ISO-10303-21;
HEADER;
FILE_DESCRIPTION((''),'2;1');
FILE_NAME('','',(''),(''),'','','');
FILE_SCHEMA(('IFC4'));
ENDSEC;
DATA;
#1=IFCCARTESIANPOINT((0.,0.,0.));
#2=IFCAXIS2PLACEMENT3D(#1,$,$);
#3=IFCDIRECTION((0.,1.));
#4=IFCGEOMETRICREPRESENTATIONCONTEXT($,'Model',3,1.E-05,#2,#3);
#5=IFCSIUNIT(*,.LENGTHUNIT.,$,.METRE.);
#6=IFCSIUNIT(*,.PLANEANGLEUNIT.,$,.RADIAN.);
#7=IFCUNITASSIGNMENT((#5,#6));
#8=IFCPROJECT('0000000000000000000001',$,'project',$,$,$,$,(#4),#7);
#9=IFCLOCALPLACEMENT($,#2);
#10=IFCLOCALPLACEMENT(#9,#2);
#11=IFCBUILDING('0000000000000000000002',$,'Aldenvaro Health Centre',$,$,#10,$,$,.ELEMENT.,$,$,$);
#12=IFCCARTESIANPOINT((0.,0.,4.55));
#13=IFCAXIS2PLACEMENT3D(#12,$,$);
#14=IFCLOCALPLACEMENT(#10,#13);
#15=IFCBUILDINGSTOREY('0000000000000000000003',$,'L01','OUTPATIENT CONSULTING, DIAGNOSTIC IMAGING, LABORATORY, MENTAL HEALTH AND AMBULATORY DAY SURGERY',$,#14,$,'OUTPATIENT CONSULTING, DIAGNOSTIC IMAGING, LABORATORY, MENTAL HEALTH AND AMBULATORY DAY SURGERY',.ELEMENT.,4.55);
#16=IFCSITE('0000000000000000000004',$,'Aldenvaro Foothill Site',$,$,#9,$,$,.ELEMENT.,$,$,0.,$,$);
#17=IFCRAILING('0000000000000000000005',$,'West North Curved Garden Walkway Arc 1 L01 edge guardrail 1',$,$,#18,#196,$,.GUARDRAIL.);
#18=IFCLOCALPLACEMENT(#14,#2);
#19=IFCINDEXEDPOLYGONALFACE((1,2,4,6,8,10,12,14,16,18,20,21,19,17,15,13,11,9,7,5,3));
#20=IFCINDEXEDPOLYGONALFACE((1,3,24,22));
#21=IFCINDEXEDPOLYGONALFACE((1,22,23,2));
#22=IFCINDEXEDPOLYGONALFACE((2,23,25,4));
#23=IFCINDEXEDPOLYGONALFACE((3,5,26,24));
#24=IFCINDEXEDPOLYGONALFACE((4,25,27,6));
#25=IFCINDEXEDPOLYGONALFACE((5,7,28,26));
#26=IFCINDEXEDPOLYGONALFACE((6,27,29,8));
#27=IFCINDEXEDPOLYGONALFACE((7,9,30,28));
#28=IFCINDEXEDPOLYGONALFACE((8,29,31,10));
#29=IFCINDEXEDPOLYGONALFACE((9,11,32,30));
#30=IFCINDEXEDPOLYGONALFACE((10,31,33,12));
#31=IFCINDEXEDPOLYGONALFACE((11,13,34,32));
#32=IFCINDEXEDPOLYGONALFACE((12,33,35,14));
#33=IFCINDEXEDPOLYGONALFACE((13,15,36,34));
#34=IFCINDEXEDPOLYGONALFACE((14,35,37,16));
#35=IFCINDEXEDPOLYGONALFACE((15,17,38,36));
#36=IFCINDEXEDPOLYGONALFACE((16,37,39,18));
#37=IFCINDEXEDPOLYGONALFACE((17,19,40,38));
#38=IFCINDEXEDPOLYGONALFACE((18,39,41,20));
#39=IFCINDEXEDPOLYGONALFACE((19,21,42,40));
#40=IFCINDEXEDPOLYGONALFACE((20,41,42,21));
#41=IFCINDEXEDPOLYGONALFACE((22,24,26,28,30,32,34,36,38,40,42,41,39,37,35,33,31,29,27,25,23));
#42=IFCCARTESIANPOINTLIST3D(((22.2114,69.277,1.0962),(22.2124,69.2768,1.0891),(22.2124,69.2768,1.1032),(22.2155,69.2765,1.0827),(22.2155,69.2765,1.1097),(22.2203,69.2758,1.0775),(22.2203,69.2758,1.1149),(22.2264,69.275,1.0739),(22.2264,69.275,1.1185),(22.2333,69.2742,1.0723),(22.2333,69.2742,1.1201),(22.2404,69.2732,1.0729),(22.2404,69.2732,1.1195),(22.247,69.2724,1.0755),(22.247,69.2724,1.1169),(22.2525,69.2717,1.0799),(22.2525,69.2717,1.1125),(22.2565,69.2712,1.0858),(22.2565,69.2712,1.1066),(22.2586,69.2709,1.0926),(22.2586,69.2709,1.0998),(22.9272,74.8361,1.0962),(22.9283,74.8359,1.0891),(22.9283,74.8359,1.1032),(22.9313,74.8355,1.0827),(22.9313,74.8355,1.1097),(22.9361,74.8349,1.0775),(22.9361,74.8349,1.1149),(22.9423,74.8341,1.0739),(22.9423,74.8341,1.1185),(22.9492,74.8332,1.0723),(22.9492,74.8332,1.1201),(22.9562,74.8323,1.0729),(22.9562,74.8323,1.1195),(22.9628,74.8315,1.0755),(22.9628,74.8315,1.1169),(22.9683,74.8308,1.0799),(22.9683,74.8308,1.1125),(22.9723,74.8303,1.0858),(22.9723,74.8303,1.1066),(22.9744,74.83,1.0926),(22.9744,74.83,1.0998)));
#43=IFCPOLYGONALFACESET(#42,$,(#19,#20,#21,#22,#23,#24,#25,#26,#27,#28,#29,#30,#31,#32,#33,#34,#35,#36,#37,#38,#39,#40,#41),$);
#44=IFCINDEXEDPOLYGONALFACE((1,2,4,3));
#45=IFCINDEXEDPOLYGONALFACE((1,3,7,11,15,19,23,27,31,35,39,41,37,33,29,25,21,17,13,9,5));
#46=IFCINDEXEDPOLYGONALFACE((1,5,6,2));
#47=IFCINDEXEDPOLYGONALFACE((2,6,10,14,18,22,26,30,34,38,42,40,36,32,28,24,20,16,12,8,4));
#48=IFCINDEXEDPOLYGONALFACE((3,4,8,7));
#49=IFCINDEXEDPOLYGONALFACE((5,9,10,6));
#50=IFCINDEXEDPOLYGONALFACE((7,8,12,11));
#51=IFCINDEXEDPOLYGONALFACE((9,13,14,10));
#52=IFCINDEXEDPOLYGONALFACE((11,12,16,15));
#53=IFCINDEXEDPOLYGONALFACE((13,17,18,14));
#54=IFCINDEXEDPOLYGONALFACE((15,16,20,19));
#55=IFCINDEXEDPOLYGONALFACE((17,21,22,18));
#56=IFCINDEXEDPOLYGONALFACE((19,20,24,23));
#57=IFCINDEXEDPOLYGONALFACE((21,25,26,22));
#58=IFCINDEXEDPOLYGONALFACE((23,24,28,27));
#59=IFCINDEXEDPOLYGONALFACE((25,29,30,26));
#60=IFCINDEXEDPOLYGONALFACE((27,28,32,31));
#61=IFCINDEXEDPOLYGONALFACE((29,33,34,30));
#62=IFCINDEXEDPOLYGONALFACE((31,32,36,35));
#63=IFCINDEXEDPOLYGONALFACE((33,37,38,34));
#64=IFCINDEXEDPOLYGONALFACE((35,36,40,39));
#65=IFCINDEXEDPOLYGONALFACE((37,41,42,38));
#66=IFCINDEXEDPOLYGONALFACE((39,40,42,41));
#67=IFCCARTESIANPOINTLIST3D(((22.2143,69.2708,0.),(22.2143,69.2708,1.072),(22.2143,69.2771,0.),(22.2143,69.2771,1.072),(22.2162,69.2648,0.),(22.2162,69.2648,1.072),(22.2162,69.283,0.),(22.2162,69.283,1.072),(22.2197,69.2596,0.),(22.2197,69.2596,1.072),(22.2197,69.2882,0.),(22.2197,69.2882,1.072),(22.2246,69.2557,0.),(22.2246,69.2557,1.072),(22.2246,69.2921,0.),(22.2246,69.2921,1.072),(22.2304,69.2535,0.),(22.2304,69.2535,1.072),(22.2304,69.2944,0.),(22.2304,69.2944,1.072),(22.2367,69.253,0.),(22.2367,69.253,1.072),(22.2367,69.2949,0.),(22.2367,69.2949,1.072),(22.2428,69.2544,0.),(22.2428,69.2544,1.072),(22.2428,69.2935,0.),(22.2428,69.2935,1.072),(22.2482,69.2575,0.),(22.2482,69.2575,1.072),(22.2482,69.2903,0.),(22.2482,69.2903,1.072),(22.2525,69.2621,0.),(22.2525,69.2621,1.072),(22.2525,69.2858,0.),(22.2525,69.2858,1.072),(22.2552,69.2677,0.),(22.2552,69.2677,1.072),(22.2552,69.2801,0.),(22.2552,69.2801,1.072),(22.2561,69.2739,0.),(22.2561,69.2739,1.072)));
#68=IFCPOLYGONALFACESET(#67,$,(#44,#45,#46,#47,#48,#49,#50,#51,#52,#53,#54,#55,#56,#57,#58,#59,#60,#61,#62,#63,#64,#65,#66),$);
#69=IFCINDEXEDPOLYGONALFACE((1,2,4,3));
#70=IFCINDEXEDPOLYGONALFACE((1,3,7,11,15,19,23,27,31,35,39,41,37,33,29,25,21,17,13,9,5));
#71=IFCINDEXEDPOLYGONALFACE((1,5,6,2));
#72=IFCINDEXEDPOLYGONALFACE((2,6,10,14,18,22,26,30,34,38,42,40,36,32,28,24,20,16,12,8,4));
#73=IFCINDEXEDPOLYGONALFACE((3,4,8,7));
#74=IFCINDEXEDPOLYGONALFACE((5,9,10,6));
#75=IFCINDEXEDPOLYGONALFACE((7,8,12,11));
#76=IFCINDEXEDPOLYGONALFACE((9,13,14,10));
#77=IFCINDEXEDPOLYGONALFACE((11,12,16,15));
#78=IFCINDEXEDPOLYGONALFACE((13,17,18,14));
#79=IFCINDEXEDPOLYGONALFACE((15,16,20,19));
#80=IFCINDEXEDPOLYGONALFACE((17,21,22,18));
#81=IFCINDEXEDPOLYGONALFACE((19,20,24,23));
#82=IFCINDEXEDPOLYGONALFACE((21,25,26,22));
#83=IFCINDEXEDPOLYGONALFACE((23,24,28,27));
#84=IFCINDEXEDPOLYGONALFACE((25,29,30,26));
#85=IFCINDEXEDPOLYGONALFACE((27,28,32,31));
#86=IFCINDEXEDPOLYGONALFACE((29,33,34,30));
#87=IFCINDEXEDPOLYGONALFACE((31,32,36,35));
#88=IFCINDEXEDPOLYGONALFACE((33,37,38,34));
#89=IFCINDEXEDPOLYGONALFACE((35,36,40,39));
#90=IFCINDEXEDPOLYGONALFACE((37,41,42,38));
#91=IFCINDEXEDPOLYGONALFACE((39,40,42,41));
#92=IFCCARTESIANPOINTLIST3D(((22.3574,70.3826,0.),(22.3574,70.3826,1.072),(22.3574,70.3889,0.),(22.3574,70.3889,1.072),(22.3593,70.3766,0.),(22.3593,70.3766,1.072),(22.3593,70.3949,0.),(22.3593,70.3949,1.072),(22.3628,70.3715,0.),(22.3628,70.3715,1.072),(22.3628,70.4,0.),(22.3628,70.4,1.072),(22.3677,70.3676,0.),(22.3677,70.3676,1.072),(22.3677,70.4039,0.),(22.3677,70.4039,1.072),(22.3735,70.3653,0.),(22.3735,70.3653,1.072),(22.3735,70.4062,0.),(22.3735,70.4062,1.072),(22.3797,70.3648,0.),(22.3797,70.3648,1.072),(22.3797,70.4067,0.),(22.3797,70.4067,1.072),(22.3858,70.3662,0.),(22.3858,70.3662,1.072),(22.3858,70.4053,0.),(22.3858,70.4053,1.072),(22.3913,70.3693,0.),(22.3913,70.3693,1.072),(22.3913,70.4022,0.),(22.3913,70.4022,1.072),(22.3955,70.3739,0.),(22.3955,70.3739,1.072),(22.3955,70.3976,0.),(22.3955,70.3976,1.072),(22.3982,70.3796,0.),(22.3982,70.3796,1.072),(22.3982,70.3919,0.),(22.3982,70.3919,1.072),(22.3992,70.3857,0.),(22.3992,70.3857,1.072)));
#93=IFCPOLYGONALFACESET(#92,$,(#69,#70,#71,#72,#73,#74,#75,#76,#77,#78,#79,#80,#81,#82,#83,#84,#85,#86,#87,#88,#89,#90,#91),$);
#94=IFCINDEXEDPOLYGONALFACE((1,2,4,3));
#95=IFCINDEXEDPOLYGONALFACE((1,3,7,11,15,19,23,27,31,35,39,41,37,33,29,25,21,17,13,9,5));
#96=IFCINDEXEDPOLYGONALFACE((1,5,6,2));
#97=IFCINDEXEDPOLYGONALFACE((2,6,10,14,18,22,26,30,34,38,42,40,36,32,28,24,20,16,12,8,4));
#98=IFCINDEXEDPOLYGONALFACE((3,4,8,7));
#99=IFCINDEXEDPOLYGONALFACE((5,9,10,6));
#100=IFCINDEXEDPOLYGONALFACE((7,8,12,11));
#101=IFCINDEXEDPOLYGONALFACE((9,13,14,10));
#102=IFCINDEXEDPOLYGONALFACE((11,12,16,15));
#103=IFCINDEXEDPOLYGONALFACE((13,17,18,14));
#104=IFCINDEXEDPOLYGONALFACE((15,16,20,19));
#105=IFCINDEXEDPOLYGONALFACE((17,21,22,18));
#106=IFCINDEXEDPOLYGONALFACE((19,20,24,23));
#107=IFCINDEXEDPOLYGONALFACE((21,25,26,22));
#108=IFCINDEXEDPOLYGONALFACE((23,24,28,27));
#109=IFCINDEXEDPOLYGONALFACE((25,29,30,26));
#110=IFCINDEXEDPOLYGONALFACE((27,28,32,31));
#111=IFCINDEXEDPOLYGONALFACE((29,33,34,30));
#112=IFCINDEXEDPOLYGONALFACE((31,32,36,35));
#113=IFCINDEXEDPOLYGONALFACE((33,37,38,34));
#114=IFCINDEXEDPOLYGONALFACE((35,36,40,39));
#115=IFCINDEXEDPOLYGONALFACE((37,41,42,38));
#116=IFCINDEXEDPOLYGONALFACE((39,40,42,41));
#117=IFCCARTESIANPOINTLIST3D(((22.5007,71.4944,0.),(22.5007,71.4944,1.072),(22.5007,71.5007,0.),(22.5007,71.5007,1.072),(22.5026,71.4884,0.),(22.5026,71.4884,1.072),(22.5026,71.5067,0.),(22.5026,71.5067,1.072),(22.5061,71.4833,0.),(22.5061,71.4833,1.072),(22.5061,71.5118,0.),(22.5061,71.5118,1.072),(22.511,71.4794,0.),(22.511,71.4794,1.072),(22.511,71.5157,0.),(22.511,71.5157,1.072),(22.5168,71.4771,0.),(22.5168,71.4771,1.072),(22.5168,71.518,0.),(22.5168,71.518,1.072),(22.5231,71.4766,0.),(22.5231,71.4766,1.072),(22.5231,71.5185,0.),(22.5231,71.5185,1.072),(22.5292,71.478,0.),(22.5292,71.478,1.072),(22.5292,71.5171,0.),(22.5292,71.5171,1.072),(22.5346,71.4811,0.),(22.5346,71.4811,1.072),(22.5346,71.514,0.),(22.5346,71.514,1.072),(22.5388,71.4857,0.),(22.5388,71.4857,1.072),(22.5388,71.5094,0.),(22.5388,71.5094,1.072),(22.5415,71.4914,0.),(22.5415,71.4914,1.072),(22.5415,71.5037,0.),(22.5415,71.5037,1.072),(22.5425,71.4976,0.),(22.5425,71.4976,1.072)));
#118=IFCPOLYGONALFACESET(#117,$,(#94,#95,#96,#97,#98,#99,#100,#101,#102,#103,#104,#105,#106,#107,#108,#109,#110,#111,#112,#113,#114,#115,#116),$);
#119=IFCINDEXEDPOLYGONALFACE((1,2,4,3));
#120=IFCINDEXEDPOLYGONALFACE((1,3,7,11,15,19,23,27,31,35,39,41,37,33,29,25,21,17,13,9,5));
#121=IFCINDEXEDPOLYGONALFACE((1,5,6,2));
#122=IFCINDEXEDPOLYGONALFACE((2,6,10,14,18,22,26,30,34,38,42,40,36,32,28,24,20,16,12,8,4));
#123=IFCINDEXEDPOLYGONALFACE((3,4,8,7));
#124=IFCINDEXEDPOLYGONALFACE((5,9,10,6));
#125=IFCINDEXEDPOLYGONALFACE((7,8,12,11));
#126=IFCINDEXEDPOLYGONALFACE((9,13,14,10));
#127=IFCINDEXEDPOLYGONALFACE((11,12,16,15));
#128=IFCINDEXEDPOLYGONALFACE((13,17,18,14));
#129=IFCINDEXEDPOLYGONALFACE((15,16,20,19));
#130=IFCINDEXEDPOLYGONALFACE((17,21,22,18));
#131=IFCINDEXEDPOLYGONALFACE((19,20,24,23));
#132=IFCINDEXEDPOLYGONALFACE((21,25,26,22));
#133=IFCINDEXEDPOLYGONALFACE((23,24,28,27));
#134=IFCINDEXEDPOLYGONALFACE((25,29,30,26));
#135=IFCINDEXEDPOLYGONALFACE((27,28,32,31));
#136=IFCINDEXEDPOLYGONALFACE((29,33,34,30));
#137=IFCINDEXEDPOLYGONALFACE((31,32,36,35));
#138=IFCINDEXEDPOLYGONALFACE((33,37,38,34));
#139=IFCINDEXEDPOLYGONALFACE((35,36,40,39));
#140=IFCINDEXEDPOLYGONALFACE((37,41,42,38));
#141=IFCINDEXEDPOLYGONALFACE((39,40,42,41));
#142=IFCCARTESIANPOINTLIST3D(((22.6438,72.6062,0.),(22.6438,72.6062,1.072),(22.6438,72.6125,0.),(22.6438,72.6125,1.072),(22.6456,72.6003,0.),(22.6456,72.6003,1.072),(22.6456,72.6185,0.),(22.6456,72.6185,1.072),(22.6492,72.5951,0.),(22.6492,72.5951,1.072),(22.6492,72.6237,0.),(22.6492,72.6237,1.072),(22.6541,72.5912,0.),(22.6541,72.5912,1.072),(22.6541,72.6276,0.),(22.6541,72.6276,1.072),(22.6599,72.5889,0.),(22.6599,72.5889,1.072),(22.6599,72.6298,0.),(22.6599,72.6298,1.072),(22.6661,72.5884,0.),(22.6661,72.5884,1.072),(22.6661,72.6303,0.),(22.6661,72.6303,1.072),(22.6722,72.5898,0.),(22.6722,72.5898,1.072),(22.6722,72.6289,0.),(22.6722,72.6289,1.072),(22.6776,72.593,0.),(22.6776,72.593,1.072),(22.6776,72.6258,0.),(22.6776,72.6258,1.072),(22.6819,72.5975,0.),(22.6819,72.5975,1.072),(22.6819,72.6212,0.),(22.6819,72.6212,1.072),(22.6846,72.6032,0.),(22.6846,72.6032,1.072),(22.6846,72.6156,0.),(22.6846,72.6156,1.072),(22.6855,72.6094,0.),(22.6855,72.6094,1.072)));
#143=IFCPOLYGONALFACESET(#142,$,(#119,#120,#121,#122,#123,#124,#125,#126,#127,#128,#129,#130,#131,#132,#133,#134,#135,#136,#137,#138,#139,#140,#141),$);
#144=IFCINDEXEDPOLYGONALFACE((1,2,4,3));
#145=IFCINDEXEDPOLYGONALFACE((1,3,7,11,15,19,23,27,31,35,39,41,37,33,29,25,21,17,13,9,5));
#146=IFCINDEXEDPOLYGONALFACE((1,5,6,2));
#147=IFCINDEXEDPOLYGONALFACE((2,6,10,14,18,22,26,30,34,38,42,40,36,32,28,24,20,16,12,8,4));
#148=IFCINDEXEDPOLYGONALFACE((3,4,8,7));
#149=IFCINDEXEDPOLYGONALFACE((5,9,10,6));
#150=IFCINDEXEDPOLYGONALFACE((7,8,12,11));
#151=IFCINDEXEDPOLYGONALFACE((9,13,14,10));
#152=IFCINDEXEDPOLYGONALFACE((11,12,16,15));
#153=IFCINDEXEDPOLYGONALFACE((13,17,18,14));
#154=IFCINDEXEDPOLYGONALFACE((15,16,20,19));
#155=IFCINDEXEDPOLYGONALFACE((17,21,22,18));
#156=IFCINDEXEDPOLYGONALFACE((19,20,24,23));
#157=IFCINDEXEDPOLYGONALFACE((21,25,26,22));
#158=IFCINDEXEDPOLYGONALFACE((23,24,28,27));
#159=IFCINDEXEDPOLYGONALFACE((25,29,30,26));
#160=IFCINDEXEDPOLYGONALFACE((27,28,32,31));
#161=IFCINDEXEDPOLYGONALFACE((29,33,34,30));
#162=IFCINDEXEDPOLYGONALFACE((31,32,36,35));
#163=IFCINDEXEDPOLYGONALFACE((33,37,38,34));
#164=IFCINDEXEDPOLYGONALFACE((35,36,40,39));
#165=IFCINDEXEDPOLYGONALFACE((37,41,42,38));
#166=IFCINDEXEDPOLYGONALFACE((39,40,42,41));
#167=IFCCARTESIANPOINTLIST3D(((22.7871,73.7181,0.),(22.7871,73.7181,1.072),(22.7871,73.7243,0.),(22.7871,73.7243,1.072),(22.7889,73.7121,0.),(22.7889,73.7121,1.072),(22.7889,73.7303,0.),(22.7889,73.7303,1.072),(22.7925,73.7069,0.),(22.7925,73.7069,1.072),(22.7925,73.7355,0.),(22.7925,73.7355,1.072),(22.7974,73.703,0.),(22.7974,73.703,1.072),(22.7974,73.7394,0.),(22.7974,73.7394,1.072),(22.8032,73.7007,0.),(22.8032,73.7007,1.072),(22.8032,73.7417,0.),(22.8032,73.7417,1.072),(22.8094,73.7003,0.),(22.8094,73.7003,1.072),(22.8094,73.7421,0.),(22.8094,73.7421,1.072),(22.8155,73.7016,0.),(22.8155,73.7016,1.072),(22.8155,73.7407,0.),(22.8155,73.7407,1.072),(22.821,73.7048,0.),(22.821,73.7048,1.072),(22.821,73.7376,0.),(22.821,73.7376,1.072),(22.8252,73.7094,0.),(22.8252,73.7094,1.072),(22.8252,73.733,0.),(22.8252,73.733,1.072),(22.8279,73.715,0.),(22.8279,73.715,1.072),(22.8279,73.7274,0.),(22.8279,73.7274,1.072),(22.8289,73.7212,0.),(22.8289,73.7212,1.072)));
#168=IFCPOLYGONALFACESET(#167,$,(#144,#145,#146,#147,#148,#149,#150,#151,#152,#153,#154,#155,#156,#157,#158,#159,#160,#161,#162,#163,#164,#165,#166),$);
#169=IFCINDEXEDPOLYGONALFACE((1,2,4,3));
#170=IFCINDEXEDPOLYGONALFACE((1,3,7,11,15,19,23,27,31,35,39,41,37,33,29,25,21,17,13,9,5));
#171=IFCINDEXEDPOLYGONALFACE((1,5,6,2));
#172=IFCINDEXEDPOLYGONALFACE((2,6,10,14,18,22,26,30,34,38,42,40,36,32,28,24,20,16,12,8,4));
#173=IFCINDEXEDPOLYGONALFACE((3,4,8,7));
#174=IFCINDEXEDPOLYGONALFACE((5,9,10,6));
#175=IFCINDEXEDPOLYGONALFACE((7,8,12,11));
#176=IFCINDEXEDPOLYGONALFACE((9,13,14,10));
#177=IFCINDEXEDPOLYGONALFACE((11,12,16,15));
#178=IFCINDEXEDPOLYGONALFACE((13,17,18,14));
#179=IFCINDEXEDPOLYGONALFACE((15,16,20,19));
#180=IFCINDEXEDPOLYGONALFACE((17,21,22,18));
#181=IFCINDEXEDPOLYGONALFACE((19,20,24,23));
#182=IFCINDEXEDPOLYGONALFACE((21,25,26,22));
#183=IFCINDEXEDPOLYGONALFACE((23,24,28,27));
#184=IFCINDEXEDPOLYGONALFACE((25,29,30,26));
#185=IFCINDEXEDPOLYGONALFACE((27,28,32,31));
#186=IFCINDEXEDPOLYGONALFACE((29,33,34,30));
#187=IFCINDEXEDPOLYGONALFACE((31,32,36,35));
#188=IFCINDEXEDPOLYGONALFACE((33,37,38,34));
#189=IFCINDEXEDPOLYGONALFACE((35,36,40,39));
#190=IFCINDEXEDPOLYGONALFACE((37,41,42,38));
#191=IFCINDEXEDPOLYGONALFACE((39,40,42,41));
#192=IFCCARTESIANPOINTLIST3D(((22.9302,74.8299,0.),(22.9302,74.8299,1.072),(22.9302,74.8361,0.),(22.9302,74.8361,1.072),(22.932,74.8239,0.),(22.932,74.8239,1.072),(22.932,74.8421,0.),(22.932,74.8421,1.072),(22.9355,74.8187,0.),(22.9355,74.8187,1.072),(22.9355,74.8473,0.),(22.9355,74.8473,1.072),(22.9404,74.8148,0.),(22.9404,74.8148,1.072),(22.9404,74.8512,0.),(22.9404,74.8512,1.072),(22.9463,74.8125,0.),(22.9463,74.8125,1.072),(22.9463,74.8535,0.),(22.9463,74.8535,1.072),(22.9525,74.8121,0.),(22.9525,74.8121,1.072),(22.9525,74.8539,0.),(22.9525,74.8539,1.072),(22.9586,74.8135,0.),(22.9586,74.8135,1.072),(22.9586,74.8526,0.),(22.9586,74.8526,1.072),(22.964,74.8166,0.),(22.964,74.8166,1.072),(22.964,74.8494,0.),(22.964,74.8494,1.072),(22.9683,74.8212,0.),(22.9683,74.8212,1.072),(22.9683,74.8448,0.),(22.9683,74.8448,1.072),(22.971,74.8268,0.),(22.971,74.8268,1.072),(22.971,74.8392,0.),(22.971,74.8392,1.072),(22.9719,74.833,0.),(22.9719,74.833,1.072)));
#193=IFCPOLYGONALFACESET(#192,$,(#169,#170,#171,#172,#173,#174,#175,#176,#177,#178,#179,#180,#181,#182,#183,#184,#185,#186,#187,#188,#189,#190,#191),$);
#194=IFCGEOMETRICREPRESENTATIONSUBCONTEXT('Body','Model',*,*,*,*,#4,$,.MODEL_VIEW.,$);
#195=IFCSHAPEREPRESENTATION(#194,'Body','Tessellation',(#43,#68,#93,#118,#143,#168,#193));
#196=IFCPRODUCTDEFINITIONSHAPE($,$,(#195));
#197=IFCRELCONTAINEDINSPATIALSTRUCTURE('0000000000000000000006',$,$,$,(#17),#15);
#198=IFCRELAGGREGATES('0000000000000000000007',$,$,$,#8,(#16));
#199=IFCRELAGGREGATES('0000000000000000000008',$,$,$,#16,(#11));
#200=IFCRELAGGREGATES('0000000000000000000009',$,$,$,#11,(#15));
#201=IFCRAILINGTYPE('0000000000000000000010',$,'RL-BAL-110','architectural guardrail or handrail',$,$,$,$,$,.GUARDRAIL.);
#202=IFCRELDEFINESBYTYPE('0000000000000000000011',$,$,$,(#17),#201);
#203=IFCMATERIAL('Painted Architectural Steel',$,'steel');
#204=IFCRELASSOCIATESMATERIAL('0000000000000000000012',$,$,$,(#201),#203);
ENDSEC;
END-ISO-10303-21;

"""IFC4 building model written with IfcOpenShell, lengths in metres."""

from ifc_helpers import new_model, si_unit, direction, frame, origin, origin_2d, place, context, subcontext, project, spatial, circle, extrude, material, type_object, element, save


model = new_model("IFC4")

# Units and contexts
model_context = context("Model", 3, precision=1e-05, world=origin(), true_north=direction((0.0, 1.0)))
body_context = subcontext(model_context, "Body", "Model", "MODEL_VIEW")
ifc_project = project(units=[si_unit("LENGTHUNIT", "METRE"), si_unit("PLANEANGLEUNIT", "RADIAN")], contexts=[model_context])

# Site, building, storey
site_placement = place(None, origin())
site = spatial("IfcSite", under=ifc_project, at=site_placement, Name="Aldenvaro Foothill Site", CompositionType="ELEMENT", RefElevation=0.0)
building_placement = place(site_placement, origin())
building = spatial("IfcBuilding", under=site, at=building_placement, Name="Aldenvaro Health Centre", CompositionType="ELEMENT")
storey_placement = place(building_placement, frame((0.0, 0.0, 4.55)))
storey = spatial("IfcBuildingStorey", under=building, at=storey_placement, Name="L01", Description="OUTPATIENT CONSULTING, DIAGNOSTIC IMAGING, LABORATORY, MENTAL HEALTH AND AMBULATORY DAY SURGERY", LongName="OUTPATIENT CONSULTING, DIAGNOSTIC IMAGING, LABORATORY, MENTAL HEALTH AND AMBULATORY DAY SURGERY", CompositionType="ELEMENT", Elevation=4.55)

# Railing
ifc_material_1 = material(Name="Painted Architectural Steel", Category="steel")
railing_type = type_object("IfcRailingType", Name="RL-BAL-110", Description="architectural guardrail or handrail", PredefinedType="GUARDRAIL", material=ifc_material_1)
railing_placement = place(storey_placement, frame((22.2351, 69.2739, 0.0)))
element("IfcRailing", 1, at=railing_placement, inside=storey, type_object=railing_type, Name="West North Curved Garden Walkway Arc 1 L01 edge guardrail 1", PredefinedType="GUARDRAIL", context=body_context, shape_type="SweptSolid", body=[
    extrude(circle(Radius=0.0239, at=origin_2d()), frame((0.0, 0.0, 1.0962), z_axis=(0.127712, 0.991811, 0.0), x_axis=(-0.991811, 0.127712, 0.0)), (0.0, 0.0, 1.0), 5.605),
    extrude(circle(Radius=0.021, at=origin_2d()), origin(), (0.0, 0.0, 1.0), 1.072),
    extrude(circle(Radius=0.021, at=origin_2d()), frame((0.1431, 1.1118, 0.0)), (0.0, 0.0, 1.0), 1.072),
    extrude(circle(Radius=0.021, at=origin_2d()), frame((0.2864, 2.2236, 0.0)), (0.0, 0.0, 1.0), 1.072),
    extrude(circle(Radius=0.021, at=origin_2d()), frame((0.4294, 3.3354, 0.0)), (0.0, 0.0, 1.0), 1.072),
    extrude(circle(Radius=0.021, at=origin_2d()), frame((0.5728, 4.4473, 0.0)), (0.0, 0.0, 1.0), 1.072),
    extrude(circle(Radius=0.021, at=origin_2d()), frame((0.7158, 5.5591, 0.0)), (0.0, 0.0, 1.0), 1.072),
])

save(model, "model.ifc")
